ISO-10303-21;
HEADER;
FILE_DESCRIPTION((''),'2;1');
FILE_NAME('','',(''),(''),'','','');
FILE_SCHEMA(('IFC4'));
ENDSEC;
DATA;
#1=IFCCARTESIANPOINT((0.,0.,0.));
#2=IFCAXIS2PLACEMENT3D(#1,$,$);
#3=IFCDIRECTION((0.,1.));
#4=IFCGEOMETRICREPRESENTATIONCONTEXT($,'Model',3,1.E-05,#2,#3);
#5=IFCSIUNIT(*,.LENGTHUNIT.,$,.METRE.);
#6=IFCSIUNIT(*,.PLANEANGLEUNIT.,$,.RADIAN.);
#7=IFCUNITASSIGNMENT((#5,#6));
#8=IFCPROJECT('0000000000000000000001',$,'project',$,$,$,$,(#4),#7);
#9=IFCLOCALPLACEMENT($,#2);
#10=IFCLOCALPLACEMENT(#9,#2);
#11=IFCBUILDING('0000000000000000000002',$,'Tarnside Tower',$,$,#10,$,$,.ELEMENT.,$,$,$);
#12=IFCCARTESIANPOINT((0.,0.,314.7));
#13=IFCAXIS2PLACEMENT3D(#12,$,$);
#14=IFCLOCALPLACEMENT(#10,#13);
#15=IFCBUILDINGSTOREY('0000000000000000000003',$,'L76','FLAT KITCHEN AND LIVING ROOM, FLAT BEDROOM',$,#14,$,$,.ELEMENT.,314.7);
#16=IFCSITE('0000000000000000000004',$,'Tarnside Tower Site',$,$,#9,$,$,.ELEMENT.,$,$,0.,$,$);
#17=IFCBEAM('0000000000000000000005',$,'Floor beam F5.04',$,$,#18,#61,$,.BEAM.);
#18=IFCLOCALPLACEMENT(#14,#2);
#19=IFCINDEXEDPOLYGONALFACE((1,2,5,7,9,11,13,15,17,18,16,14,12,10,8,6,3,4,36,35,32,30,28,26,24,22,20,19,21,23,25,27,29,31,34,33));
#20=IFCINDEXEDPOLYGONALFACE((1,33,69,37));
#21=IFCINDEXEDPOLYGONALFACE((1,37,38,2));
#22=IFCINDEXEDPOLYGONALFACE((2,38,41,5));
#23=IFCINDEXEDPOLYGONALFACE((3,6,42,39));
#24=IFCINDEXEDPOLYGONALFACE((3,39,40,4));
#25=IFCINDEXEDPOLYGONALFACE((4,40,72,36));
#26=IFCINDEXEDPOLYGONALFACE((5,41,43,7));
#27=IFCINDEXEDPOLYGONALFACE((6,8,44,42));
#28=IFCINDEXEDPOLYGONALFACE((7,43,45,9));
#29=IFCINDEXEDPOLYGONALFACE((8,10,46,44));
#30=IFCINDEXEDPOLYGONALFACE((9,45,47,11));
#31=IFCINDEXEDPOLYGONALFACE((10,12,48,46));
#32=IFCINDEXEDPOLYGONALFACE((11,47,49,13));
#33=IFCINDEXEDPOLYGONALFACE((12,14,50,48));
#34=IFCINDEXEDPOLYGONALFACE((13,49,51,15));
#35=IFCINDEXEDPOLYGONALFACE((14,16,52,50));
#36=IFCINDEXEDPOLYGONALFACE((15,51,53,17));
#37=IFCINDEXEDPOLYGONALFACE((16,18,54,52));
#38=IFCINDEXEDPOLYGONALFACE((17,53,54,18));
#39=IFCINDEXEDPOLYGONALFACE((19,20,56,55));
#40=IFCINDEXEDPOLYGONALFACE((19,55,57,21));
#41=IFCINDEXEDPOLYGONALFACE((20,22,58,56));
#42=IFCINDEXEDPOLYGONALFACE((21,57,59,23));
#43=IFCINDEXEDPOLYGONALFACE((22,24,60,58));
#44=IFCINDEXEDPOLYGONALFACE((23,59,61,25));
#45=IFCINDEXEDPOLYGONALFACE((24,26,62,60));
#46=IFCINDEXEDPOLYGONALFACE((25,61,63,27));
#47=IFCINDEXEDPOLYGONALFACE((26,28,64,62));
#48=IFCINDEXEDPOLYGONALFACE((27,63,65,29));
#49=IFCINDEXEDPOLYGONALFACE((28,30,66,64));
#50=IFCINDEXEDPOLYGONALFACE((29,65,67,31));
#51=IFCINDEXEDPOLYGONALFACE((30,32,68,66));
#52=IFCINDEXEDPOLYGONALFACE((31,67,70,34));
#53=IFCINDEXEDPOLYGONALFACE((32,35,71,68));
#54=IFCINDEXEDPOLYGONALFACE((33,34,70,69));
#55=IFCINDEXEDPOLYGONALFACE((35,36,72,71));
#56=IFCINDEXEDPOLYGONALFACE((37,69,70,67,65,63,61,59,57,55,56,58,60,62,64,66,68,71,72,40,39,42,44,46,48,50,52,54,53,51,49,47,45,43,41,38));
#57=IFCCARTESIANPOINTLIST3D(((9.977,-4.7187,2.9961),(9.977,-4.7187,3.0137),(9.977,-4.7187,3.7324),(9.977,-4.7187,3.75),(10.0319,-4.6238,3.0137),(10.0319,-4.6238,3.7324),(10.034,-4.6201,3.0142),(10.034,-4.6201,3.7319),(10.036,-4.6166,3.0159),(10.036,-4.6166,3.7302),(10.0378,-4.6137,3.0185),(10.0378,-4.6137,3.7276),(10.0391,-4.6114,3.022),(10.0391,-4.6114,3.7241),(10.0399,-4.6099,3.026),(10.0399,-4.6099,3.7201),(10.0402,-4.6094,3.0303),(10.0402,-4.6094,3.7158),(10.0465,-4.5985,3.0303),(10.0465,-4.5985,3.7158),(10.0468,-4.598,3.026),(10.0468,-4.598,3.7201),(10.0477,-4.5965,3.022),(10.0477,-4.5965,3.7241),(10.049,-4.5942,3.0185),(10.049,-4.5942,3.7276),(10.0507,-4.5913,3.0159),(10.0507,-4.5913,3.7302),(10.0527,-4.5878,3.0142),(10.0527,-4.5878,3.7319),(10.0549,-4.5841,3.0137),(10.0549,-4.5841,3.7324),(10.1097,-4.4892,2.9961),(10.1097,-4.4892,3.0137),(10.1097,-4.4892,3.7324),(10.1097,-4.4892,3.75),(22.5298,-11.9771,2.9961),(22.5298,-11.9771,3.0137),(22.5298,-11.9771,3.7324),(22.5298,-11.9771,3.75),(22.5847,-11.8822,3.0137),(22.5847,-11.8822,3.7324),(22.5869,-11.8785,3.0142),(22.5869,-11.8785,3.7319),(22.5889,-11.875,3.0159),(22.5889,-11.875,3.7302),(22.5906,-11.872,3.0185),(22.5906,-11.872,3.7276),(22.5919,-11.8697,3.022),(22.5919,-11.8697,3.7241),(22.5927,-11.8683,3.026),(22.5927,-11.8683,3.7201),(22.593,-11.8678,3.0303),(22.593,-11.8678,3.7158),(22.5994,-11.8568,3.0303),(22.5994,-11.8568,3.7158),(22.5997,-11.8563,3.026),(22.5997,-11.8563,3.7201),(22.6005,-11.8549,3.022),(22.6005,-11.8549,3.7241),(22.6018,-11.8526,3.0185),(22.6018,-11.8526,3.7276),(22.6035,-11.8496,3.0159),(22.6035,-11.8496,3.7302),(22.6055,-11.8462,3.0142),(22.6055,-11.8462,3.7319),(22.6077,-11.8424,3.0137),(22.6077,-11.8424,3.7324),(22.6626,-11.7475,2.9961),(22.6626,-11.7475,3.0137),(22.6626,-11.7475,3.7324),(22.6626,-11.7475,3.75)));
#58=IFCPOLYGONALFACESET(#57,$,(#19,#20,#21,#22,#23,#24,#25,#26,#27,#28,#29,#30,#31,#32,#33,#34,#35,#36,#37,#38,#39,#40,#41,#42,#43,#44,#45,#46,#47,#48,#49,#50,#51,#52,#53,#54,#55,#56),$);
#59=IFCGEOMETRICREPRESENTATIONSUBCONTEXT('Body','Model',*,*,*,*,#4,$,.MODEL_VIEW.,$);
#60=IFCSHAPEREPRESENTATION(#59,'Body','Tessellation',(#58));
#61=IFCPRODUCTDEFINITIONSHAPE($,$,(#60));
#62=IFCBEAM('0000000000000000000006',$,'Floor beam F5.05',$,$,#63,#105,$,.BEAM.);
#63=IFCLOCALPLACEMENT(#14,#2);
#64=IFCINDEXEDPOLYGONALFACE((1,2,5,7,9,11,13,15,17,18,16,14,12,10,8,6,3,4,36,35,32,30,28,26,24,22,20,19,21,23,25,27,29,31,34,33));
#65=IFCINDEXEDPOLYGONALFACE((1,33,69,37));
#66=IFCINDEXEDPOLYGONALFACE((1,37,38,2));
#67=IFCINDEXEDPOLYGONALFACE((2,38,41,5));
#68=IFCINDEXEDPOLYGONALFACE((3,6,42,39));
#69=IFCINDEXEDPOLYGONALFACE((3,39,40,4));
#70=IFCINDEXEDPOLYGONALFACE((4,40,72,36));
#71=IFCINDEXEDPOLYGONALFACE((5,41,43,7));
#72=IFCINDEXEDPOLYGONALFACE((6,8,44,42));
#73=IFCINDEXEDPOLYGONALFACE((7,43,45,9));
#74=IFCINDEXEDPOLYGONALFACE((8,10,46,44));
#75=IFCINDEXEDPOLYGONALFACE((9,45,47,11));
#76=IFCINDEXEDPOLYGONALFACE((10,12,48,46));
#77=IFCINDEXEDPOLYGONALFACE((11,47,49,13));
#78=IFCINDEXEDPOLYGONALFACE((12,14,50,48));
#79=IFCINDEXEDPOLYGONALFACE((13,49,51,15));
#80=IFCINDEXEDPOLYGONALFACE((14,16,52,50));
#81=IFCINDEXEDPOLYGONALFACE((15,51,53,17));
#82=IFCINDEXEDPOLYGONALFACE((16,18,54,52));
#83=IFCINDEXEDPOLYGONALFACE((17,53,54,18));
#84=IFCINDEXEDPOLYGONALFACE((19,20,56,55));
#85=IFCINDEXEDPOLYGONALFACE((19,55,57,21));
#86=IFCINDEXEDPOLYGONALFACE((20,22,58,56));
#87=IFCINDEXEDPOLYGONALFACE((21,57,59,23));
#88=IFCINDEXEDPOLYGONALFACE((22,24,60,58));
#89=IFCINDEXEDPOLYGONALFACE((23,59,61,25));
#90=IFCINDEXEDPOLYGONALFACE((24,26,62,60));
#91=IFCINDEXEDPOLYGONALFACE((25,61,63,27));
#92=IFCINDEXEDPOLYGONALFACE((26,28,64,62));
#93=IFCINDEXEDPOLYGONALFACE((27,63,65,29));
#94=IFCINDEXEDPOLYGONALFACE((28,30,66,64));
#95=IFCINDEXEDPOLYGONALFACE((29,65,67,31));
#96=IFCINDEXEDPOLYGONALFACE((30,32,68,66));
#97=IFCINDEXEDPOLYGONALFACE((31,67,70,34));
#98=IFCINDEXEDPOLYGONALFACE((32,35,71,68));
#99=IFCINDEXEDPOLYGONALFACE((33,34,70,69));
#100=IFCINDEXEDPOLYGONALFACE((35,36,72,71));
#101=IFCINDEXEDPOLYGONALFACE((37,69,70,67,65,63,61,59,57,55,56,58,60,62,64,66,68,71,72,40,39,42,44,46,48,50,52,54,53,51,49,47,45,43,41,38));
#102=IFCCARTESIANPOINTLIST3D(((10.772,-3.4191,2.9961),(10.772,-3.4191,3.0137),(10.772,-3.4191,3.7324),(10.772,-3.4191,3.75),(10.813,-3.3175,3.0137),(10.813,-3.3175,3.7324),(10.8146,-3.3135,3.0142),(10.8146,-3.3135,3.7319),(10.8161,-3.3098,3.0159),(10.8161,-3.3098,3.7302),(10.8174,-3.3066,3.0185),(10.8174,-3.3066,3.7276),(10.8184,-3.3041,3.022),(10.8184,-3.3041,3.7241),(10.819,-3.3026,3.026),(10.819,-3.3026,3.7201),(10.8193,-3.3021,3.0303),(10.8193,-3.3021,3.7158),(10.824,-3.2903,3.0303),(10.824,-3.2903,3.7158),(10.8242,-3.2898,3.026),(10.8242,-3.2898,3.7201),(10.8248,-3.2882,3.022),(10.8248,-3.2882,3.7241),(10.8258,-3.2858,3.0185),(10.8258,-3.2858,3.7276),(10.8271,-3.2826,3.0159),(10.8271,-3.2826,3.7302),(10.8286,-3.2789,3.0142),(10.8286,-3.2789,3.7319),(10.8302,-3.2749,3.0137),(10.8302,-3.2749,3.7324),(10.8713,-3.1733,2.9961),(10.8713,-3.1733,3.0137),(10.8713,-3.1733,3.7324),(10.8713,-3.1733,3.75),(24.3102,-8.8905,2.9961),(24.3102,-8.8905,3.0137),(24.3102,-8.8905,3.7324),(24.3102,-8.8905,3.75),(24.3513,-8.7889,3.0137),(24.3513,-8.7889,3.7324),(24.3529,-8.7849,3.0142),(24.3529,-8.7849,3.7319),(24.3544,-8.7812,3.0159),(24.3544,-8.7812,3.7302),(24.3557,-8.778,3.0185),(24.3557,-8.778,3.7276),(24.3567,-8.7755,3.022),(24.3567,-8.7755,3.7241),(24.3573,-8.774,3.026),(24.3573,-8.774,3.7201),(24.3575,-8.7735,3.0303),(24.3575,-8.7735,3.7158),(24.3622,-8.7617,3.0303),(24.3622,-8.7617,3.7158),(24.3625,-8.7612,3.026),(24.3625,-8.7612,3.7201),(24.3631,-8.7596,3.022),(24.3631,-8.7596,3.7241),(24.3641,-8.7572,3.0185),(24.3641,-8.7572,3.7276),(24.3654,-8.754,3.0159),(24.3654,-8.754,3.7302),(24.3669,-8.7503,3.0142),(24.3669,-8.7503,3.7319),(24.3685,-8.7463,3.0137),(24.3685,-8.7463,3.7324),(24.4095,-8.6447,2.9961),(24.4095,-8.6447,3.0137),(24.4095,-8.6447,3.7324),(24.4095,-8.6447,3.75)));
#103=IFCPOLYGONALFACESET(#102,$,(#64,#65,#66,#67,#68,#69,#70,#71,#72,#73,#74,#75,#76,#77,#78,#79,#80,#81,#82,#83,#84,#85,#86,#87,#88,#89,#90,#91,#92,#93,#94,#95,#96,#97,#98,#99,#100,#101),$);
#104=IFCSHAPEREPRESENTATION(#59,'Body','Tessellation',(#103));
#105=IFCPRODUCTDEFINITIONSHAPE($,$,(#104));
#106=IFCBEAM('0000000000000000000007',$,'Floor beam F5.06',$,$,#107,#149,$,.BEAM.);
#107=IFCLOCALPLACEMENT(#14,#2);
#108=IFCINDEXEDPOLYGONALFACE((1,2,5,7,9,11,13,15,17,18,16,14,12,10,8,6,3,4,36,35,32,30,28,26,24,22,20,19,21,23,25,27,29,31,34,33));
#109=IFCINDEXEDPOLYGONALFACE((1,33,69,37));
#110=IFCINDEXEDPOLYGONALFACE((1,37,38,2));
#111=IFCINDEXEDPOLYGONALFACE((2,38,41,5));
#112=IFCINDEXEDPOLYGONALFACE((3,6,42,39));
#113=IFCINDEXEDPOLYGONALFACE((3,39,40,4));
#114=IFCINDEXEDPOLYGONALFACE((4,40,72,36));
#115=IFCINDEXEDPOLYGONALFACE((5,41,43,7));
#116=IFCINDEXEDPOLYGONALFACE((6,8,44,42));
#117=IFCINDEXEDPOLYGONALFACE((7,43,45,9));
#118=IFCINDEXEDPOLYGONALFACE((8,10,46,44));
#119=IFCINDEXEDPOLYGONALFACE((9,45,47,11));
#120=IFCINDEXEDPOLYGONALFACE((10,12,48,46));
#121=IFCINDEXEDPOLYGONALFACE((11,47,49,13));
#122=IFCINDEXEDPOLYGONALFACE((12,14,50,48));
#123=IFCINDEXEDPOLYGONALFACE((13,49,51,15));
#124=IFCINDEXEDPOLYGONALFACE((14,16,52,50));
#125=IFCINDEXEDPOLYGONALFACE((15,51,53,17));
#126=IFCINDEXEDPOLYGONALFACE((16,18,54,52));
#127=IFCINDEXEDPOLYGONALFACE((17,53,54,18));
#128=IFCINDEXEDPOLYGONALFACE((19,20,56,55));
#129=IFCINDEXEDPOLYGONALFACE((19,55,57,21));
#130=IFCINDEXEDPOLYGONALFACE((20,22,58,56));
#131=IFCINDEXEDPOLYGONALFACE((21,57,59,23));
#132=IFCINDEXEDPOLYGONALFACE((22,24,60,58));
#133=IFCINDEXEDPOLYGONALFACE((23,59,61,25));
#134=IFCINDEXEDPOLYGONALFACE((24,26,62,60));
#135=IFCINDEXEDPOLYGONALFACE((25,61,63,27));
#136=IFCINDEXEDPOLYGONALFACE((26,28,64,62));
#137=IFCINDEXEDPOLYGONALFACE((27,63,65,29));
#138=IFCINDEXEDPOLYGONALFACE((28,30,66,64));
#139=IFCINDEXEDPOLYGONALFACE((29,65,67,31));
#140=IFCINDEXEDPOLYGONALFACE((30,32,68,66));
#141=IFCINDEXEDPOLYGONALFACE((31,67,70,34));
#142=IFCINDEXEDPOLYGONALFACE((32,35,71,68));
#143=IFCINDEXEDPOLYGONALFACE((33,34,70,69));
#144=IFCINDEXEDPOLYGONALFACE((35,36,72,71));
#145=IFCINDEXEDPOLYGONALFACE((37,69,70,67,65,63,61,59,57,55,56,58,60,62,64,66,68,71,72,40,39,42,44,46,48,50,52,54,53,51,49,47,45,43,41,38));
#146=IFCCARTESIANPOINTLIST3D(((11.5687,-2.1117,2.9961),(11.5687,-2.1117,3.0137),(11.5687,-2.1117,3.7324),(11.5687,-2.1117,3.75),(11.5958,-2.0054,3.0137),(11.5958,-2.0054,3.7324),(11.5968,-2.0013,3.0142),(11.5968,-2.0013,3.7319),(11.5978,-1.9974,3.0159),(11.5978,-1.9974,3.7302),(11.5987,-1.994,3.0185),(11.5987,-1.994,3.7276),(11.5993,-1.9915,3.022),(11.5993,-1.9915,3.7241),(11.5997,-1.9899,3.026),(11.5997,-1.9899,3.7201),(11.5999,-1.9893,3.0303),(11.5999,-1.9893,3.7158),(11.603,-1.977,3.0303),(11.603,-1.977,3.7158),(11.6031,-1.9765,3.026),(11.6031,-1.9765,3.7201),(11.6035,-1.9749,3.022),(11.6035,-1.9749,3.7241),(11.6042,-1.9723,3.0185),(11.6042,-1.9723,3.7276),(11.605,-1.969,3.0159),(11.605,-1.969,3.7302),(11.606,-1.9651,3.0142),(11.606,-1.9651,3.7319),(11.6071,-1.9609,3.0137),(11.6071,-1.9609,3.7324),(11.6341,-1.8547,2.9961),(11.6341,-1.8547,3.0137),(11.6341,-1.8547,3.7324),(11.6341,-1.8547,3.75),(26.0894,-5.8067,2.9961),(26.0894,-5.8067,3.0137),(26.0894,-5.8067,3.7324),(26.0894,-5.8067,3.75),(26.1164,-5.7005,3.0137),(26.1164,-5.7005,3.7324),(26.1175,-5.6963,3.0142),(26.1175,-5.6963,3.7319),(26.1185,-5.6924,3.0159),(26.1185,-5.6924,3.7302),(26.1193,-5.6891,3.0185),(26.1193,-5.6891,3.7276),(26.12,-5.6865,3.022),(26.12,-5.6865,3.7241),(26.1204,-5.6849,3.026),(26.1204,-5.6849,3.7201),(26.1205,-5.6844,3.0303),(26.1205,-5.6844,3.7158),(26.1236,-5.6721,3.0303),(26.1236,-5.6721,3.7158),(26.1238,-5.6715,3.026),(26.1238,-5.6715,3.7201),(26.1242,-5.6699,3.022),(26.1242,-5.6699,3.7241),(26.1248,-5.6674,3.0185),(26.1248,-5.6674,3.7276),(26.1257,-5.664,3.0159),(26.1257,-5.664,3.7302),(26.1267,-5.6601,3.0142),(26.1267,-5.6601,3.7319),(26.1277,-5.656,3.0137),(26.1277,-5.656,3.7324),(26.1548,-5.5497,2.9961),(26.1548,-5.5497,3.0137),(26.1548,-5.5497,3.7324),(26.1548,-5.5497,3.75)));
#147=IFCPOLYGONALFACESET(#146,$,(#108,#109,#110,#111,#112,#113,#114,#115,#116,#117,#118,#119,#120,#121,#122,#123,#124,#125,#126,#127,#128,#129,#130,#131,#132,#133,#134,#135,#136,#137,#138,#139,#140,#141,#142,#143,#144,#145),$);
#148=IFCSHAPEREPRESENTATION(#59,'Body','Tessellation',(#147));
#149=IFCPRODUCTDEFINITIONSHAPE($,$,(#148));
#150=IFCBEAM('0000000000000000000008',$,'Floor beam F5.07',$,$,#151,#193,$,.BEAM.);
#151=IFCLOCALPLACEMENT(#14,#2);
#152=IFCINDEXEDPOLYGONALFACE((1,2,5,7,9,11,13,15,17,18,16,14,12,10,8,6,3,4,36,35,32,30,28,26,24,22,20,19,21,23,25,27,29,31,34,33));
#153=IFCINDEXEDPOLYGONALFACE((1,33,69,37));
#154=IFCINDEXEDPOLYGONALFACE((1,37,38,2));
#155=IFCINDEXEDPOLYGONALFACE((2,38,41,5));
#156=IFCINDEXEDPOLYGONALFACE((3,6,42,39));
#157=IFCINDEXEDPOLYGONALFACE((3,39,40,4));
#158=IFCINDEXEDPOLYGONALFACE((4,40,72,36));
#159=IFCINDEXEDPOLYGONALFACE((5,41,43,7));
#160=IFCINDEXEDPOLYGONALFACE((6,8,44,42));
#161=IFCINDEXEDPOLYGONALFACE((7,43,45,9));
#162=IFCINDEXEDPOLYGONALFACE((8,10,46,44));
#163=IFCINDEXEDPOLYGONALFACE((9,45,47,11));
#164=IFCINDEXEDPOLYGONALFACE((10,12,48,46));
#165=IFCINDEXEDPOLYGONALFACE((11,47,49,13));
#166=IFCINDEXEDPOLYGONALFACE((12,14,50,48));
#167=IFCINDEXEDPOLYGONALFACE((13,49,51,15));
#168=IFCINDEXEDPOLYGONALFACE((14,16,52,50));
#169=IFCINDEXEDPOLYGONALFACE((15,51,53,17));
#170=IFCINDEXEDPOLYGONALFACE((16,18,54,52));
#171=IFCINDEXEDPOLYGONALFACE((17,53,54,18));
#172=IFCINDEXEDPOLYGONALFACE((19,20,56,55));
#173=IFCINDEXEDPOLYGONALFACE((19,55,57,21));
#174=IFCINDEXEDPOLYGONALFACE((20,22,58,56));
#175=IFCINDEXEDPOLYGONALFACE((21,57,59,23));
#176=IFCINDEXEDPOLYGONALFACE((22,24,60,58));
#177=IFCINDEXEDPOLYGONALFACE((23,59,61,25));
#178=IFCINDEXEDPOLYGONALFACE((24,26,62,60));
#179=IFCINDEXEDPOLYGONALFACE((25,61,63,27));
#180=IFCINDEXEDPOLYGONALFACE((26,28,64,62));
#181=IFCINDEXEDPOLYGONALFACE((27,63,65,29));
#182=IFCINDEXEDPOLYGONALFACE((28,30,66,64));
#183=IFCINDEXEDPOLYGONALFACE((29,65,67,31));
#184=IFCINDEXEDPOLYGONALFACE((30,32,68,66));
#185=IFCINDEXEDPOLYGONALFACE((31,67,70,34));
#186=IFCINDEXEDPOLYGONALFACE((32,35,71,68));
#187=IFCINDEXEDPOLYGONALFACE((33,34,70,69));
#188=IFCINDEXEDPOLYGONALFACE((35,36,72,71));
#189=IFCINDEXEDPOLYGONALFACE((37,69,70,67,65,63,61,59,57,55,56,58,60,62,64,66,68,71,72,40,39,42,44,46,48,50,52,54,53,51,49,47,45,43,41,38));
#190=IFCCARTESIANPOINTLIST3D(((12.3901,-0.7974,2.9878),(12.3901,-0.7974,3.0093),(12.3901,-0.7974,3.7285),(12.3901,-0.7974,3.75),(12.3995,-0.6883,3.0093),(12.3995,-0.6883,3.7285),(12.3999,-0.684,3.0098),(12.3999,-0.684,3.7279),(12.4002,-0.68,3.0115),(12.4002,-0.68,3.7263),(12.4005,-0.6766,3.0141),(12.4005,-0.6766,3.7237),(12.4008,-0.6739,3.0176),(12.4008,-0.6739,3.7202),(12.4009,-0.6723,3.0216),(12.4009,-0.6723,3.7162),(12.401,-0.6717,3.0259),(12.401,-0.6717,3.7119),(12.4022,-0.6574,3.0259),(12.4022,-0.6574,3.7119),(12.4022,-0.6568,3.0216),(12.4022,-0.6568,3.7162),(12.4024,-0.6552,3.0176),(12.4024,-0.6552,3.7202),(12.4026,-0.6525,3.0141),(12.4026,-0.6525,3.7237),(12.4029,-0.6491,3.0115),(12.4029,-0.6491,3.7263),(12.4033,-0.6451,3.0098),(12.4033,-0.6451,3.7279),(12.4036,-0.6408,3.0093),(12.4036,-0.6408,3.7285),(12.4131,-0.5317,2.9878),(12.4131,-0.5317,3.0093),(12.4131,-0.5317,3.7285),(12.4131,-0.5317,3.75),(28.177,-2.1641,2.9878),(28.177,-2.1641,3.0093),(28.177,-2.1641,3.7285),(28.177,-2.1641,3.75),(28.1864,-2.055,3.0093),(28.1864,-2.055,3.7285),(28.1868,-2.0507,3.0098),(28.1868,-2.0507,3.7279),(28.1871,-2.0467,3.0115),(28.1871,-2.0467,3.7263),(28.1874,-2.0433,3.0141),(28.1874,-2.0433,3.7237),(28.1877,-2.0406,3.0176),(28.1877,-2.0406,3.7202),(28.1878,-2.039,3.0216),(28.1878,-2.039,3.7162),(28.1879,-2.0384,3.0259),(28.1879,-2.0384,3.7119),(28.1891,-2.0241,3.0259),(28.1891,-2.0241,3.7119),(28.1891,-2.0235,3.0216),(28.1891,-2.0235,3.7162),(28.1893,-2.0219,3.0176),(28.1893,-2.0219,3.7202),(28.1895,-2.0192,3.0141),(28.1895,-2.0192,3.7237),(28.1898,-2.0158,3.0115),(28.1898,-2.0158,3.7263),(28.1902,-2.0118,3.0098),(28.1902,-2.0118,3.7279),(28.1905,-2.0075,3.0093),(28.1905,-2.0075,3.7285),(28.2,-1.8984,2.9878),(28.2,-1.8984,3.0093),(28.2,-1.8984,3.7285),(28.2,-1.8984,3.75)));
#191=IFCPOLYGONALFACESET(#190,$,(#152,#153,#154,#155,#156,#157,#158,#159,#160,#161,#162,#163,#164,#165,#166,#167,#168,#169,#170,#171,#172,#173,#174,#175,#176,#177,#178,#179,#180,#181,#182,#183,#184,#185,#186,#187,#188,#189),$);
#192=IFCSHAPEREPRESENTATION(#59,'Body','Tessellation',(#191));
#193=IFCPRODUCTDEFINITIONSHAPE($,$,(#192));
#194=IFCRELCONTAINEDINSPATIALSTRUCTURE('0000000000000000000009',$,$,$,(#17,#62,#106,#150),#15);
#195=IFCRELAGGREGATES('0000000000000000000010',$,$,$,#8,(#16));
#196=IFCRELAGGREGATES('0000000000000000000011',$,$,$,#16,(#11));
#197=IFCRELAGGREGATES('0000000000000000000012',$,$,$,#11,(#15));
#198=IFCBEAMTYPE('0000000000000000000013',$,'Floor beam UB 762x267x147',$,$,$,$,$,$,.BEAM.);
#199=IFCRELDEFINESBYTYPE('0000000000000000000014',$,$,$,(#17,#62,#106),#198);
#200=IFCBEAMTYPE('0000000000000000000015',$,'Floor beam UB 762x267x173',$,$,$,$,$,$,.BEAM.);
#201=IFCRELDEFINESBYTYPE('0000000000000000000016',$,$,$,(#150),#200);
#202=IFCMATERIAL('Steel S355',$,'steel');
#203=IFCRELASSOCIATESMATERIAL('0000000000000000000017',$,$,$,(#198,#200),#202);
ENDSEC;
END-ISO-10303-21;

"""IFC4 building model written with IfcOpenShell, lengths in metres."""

from ifc_helpers import new_model, si_unit, direction, frame, origin, origin_2d, place, context, subcontext, project, spatial, i_section, extrude, material, material_profile, profile_set, type_object, element, save


model = new_model("IFC4")

# Units and contexts
model_context = context("Model", 3, precision=1e-05, world=origin(), true_north=direction((0.0, 1.0)))
body_context = subcontext(model_context, "Body", "Model", "MODEL_VIEW")
ifc_project = project(units=[si_unit("LENGTHUNIT", "METRE"), si_unit("PLANEANGLEUNIT", "RADIAN")], contexts=[model_context])

# Site, building, storey
site_placement = place(None, origin())
site = spatial("IfcSite", under=ifc_project, at=site_placement, Name="Tarnside Tower Site", CompositionType="ELEMENT", RefElevation=0.0)
building_placement = place(site_placement, origin())
building = spatial("IfcBuilding", under=site, at=building_placement, Name="Tarnside Tower", CompositionType="ELEMENT")
storey_placement = place(building_placement, frame((0.0, 0.0, 314.7)))
storey = spatial("IfcBuildingStorey", under=building, at=storey_placement, Name="L76", Description="FLAT KITCHEN AND LIVING ROOM, FLAT BEDROOM", CompositionType="ELEMENT", Elevation=314.7)

# Beams
ifc_material_1 = material(Name="Steel S355", Category="steel")
ifc_material_profile_1 = material_profile(ifc_material_1, i_section(OverallWidth=0.2651, OverallDepth=0.7539, WebThickness=0.0127, FlangeThickness=0.0176, FilletRadius=0.0166, at=origin_2d()), Name="UB 762x267x147")
ifc_profile_set_1 = profile_set([ifc_material_profile_1], Name="Steel S355")
beam_type_1 = type_object("IfcBeamType", Name="Floor beam UB 762x267x147", PredefinedType="BEAM", material=ifc_profile_set_1)
beam_1_placement = place(storey_placement, frame((22.5962, -11.8623, 3.373), z_axis=(-0.865697, 0.500568, 0.0), x_axis=(-0.500568, -0.865697, 0.0)))
element("IfcBeam", 1, at=beam_1_placement, inside=storey, type_object=beam_type_1, Name="Floor beam F5.04", PredefinedType="BEAM", context=body_context, shape_type="SweptSolid", body=[
    extrude(i_section(OverallWidth=0.2651, OverallDepth=0.7539, WebThickness=0.0127, FlangeThickness=0.0176, FilletRadius=0.0166, at=origin_2d()), origin(), (0.0, 0.0, 1.0), 14.5002),
])
beam_2_placement = place(storey_placement, frame((24.3599, -8.7676, 3.373), z_axis=(-0.927146, 0.374701, 0.0), x_axis=(-0.374701, -0.927146, 0.0)))
element("IfcBeam", 2, at=beam_2_placement, inside=storey, type_object=beam_type_1, Name="Floor beam F5.05", PredefinedType="BEAM", context=body_context, shape_type="SweptSolid", body=[
    extrude(i_section(OverallWidth=0.2651, OverallDepth=0.7539, WebThickness=0.0127, FlangeThickness=0.0176, FilletRadius=0.0166, at=origin_2d()), origin(), (0.0, 0.0, 1.0), 14.6021),
])
beam_3_placement = place(storey_placement, frame((26.1221, -5.6782, 3.373), z_axis=(-0.969115, 0.246609, 0.0), x_axis=(-0.246609, -0.969115, 0.0)))
element("IfcBeam", 3, at=beam_3_placement, inside=storey, type_object=beam_type_1, Name="Floor beam F5.06", PredefinedType="BEAM", context=body_context, shape_type="SweptSolid", body=[
    extrude(i_section(OverallWidth=0.2651, OverallDepth=0.7539, WebThickness=0.0127, FlangeThickness=0.0176, FilletRadius=0.0166, at=origin_2d()), origin(), (0.0, 0.0, 1.0), 14.9834),
])
ifc_material_profile_2 = material_profile(ifc_material_1, i_section(OverallWidth=0.2666, OverallDepth=0.7622, WebThickness=0.0144, FlangeThickness=0.0215, FilletRadius=0.0166, at=origin_2d()), Name="UB 762x267x173")
ifc_profile_set_2 = profile_set([ifc_material_profile_2], Name="Steel S355")
beam_type_2 = type_object("IfcBeamType", Name="Floor beam UB 762x267x173", PredefinedType="BEAM", material=ifc_profile_set_2)
beam_4_placement = place(storey_placement, frame((28.1885, -2.0312, 3.3689), z_axis=(-0.996274, 0.086249, 0.0), x_axis=(-0.086249, -0.996274, 0.0)))
element("IfcBeam", 4, at=beam_4_placement, inside=storey, type_object=beam_type_2, Name="Floor beam F5.07", PredefinedType="BEAM", context=body_context, shape_type="SweptSolid", body=[
    extrude(i_section(OverallWidth=0.2666, OverallDepth=0.7622, WebThickness=0.0144, FlangeThickness=0.0215, FilletRadius=0.0166, at=origin_2d()), origin(), (0.0, 0.0, 1.0), 15.8459),
])

save(model, "model.ifc")
